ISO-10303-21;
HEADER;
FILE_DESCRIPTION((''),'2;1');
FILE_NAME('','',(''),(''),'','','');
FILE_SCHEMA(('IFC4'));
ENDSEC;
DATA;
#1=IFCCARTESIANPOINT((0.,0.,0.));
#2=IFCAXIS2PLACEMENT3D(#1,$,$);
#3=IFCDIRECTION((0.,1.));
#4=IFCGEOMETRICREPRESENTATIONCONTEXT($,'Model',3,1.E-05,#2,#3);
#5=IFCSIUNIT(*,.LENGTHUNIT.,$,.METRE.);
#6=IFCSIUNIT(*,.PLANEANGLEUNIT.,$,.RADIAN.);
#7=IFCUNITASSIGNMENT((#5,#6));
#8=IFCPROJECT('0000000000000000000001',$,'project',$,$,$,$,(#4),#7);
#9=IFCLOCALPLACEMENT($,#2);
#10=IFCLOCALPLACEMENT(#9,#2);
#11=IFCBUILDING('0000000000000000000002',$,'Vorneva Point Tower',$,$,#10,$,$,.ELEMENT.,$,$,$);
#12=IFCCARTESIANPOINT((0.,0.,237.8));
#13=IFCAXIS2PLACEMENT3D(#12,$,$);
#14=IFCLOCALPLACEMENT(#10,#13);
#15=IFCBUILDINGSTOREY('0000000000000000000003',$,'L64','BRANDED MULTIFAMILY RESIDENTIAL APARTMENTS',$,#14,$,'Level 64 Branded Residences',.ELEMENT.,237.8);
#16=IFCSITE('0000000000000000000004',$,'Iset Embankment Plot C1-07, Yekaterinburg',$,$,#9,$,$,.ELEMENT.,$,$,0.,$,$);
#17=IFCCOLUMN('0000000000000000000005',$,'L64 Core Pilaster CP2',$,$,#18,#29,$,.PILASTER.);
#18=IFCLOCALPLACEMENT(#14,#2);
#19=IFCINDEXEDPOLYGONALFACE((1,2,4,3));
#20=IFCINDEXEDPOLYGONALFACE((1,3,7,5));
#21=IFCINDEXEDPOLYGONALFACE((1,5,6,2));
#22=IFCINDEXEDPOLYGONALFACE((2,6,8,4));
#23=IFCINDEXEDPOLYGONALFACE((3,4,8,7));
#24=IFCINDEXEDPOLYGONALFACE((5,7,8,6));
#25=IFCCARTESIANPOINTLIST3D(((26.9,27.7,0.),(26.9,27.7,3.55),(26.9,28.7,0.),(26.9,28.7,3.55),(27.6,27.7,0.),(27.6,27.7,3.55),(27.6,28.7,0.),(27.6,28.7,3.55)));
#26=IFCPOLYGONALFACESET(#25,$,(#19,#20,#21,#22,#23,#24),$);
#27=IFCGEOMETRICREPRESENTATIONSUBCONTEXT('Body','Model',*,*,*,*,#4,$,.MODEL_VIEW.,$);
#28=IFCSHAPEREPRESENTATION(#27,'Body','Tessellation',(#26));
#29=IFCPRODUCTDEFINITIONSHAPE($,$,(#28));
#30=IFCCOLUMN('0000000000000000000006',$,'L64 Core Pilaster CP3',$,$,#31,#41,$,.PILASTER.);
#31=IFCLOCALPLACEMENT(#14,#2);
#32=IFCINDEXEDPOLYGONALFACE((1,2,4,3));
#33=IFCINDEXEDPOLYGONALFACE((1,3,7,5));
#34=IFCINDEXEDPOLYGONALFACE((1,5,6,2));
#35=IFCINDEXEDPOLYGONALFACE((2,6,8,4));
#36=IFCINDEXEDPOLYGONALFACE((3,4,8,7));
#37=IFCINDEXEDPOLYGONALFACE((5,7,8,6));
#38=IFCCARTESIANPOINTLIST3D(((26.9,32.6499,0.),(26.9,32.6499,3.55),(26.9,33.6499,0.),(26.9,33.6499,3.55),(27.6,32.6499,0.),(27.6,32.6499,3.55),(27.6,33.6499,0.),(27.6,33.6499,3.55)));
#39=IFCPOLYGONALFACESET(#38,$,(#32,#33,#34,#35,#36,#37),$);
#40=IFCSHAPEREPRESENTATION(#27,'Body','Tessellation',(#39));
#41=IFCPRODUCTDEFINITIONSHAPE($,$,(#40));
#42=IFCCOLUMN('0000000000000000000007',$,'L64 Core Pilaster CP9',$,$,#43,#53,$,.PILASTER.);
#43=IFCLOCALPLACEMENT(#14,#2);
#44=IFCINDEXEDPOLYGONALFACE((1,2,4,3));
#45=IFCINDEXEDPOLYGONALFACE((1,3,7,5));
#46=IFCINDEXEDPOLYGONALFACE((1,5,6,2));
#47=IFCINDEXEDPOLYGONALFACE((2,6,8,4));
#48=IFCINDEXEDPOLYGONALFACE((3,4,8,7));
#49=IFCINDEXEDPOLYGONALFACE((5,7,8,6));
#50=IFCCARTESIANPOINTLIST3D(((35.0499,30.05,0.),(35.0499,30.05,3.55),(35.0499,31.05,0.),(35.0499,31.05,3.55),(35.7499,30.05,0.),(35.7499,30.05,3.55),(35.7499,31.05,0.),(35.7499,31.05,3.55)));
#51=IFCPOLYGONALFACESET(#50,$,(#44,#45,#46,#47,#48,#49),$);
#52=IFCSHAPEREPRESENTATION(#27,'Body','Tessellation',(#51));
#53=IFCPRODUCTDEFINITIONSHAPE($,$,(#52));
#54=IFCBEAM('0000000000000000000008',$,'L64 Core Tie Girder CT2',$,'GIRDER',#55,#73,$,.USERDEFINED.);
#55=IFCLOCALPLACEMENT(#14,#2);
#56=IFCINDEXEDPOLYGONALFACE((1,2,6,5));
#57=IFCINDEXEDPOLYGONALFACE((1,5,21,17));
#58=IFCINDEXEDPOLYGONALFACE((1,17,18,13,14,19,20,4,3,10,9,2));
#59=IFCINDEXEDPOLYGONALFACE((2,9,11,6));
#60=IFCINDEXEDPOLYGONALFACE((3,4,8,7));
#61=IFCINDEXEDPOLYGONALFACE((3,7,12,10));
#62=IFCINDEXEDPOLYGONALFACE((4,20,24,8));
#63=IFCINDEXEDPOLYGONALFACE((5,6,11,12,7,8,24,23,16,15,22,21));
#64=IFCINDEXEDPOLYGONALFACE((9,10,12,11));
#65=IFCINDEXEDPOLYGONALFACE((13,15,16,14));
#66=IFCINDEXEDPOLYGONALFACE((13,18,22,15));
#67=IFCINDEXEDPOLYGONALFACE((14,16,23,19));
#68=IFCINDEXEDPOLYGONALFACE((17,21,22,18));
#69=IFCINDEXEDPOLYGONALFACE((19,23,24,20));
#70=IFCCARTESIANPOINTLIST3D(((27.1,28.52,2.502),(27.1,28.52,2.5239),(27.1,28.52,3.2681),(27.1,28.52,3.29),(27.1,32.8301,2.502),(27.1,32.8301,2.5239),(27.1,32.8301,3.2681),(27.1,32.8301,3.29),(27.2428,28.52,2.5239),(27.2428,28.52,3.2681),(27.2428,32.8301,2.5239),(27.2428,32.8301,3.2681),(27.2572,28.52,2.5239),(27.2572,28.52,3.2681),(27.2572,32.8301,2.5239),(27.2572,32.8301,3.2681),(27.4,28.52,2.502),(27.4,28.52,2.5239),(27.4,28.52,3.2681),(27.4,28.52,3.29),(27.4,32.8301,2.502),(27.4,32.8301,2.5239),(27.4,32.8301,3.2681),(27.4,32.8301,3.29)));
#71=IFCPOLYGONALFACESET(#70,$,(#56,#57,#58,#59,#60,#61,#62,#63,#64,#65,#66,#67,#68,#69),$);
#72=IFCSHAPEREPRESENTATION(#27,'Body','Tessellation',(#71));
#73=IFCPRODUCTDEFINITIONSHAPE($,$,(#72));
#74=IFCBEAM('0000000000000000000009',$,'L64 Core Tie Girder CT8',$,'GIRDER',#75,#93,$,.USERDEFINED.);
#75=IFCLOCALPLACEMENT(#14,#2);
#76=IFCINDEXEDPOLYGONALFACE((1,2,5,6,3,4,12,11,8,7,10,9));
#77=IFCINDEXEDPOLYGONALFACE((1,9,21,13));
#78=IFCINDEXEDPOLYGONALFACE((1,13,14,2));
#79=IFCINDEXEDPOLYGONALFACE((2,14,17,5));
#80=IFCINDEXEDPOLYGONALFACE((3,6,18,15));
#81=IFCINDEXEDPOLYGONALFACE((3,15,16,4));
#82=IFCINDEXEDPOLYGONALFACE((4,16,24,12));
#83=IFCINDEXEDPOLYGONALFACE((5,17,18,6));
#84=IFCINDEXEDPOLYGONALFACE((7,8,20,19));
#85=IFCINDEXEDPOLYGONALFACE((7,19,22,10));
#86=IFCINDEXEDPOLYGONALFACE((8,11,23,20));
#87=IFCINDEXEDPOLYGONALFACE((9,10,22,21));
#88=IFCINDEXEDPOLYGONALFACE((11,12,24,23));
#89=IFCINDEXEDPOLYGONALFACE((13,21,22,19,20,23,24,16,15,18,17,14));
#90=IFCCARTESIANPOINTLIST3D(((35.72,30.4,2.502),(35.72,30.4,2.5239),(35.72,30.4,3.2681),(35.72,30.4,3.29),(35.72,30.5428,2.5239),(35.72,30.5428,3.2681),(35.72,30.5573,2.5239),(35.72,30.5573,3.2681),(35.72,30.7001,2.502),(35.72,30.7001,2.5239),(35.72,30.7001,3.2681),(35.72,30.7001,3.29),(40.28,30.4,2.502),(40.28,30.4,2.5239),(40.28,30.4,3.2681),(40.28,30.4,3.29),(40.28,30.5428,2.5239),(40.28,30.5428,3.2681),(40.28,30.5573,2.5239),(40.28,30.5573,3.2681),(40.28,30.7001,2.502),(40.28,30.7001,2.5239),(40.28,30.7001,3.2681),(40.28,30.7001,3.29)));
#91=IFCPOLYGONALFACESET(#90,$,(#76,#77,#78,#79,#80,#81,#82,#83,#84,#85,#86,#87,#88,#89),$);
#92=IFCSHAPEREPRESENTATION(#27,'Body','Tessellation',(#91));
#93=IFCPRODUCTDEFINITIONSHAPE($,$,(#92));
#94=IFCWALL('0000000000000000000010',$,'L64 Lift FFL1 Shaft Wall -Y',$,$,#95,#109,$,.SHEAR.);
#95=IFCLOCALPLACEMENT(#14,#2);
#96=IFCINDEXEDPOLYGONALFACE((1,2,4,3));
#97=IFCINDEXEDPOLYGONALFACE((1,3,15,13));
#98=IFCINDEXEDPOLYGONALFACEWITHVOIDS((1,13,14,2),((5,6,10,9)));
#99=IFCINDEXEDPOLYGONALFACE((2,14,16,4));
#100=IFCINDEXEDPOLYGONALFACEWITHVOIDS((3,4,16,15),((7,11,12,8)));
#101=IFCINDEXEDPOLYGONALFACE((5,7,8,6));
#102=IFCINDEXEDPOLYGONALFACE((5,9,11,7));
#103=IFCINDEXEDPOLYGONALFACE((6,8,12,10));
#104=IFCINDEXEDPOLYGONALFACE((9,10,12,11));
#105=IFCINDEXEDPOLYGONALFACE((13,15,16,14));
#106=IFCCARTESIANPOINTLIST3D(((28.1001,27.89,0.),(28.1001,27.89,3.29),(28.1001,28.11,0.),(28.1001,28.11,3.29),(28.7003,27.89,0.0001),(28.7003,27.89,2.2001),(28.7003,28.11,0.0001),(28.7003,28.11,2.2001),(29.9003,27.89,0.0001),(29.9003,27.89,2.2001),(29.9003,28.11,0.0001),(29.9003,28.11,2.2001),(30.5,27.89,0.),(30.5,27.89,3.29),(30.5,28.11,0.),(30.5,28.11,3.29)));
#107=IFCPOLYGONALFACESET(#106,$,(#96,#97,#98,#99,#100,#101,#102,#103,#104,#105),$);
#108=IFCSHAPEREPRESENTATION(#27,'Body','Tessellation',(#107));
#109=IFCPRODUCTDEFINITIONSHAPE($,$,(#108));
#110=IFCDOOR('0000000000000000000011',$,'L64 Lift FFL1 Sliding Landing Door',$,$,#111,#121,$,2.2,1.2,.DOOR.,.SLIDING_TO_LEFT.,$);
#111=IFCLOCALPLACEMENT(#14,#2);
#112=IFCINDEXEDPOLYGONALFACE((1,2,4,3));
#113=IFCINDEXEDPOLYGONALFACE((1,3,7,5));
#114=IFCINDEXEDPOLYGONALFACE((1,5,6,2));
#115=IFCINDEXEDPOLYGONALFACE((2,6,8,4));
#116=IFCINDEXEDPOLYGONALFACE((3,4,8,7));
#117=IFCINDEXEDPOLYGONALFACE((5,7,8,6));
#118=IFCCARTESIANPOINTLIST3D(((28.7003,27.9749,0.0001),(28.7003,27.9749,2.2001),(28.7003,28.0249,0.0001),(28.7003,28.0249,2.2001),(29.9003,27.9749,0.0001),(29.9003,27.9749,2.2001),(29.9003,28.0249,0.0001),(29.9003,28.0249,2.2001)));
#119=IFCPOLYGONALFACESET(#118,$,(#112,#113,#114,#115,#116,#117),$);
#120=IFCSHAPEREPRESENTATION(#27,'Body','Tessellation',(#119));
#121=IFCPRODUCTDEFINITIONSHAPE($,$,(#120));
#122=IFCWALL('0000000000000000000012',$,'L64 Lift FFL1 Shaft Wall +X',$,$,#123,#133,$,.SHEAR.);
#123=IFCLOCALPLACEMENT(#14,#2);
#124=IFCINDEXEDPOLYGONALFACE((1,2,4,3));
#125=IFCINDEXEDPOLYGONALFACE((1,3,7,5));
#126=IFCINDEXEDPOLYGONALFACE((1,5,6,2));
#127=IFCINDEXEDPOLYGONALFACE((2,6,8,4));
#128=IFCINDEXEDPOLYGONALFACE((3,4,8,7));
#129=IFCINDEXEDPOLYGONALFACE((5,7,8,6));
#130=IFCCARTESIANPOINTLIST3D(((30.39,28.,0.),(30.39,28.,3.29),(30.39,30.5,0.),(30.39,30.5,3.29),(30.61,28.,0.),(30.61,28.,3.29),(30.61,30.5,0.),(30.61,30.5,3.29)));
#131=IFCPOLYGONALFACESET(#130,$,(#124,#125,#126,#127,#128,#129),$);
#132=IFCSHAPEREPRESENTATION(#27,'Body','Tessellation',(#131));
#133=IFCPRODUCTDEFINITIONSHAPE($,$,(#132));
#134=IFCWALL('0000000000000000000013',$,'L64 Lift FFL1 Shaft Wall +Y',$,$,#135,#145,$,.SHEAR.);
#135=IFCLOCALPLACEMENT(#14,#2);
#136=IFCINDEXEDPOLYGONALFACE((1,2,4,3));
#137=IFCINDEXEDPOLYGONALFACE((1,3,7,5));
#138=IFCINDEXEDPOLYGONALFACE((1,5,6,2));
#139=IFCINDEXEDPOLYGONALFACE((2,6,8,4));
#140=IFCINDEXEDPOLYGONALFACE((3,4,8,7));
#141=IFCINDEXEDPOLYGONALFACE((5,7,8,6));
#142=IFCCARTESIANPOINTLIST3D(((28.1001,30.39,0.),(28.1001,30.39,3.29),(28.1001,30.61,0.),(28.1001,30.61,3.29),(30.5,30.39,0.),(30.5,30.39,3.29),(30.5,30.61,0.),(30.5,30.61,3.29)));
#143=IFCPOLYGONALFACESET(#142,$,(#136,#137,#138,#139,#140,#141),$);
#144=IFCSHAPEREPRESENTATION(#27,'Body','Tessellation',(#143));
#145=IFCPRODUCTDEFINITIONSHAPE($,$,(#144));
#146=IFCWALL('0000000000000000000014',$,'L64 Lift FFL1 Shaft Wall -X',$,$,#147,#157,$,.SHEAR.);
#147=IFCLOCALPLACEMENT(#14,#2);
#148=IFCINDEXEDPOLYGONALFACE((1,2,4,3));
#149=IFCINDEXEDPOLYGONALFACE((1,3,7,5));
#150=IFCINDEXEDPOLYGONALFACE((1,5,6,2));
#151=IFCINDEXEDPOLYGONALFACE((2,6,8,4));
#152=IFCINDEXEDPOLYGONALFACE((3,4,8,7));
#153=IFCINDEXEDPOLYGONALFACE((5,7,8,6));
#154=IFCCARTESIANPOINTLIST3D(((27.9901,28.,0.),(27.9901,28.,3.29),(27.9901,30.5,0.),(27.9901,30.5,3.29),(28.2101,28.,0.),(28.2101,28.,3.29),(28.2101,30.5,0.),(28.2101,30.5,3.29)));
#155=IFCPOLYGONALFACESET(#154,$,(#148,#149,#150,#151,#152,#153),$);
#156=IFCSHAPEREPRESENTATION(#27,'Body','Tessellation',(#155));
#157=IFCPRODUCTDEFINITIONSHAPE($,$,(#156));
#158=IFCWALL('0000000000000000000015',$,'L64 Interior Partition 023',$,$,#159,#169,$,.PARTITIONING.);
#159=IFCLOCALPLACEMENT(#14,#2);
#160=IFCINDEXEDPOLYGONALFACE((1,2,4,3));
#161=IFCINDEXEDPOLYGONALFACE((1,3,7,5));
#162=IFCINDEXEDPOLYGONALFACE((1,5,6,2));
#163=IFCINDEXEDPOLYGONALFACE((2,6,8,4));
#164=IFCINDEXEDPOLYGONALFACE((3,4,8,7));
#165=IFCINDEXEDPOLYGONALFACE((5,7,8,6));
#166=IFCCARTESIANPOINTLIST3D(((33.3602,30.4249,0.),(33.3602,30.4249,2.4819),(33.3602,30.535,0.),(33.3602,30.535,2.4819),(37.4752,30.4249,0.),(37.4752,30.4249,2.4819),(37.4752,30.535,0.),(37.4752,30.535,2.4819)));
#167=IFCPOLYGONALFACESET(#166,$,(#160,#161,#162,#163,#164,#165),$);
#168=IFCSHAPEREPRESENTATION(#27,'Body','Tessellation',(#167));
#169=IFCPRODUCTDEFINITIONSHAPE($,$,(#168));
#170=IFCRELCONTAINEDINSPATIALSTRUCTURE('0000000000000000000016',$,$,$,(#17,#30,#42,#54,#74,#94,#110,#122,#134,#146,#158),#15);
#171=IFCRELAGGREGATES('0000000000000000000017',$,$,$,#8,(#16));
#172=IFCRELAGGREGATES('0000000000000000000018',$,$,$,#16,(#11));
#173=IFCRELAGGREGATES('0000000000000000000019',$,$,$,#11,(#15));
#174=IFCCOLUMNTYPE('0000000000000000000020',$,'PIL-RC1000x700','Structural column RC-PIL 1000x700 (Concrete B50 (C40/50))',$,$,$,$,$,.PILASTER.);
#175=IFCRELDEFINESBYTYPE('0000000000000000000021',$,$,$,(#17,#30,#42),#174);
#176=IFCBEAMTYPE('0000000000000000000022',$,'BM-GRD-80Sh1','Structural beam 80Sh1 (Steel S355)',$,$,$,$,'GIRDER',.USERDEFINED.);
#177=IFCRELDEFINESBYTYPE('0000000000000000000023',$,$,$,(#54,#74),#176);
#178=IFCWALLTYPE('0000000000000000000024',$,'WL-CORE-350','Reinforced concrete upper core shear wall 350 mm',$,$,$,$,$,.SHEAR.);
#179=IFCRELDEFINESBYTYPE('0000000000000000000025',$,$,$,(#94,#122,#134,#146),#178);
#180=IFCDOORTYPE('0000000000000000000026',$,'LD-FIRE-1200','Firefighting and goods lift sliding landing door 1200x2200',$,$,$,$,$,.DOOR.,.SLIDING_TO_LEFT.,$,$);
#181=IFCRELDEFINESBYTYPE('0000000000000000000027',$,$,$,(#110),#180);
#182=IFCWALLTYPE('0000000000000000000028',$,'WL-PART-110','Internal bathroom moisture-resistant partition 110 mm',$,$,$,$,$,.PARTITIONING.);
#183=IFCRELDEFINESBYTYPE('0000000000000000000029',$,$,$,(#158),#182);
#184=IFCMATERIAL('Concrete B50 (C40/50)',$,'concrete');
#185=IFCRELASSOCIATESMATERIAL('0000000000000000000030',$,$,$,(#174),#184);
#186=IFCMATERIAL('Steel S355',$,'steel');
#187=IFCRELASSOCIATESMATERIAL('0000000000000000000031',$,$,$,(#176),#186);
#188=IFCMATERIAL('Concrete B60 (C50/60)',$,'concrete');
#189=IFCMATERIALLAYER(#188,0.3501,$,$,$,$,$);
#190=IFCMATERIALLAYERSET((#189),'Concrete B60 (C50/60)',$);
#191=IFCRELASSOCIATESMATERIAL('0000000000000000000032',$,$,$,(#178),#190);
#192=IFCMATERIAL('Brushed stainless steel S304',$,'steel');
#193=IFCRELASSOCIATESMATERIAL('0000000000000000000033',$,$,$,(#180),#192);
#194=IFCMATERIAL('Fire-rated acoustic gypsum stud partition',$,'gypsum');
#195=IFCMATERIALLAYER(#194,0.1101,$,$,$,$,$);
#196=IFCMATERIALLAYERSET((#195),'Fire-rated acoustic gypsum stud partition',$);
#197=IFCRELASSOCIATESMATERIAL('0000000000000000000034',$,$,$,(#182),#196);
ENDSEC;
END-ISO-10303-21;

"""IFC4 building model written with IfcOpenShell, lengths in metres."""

from ifc_helpers import new_model, si_unit, direction, frame, frame_2d, origin, origin_2d, place, context, subcontext, project, spatial, rectangle, i_section, extrude, material, layer, layer_set, material_profile, profile_set, type_object, element, fill, save


model = new_model("IFC4")

# Units and contexts
model_context = context("Model", 3, precision=1e-05, world=origin(), true_north=direction((0.0, 1.0)))
body_context = subcontext(model_context, "Body", "Model", "MODEL_VIEW")
ifc_project = project(units=[si_unit("LENGTHUNIT", "METRE"), si_unit("PLANEANGLEUNIT", "RADIAN")], contexts=[model_context])

# Site, building, storey
site_placement = place(None, origin())
site = spatial("IfcSite", under=ifc_project, at=site_placement, Name="Iset Embankment Plot C1-07, Yekaterinburg", CompositionType="ELEMENT", RefElevation=0.0)
building_placement = place(site_placement, origin())
building = spatial("IfcBuilding", under=site, at=building_placement, Name="Vorneva Point Tower", CompositionType="ELEMENT")
storey_placement = place(building_placement, frame((0.0, 0.0, 237.8)))
storey = spatial("IfcBuildingStorey", under=building, at=storey_placement, Name="L64", Description="BRANDED MULTIFAMILY RESIDENTIAL APARTMENTS", LongName="Level 64 Branded Residences", CompositionType="ELEMENT", Elevation=237.8)

# Columns
ifc_material_1 = material(Name="Concrete B50 (C40/50)", Category="concrete")
ifc_material_profile_1 = material_profile(ifc_material_1, rectangle(XDim=0.7, YDim=1.0, at=origin_2d()), Name="RC-PIL 1000x700")
ifc_profile_set_1 = profile_set([ifc_material_profile_1], Name="Concrete B50 (C40/50)")
column_type = type_object("IfcColumnType", Name="PIL-RC1000x700", Description="Structural column RC-PIL 1000x700 (Concrete B50 (C40/50))", PredefinedType="PILASTER", material=ifc_profile_set_1)
for number, where, z_axis, x_axis, name in (
    (1, (27.25, 28.2, 0.0), (0.0, 0.0, 1.0), (1.0, 0.0, 0.0), "L64 Core Pilaster CP2"),
    (2, (27.25, 33.1499, 0.0), (0.0, 0.0, 1.0), (1.0, 0.0, 0.0), "L64 Core Pilaster CP3"),
    (3, (35.3999, 30.55, 0.0), (0.0, 0.0, 1.0), (1.0, 0.0, 0.0), "L64 Core Pilaster CP9"),
):
    element("IfcColumn", number, at=place(storey_placement, frame(where, z_axis=z_axis, x_axis=x_axis)), inside=storey, type_object=column_type, Name=name, PredefinedType="PILASTER", context=body_context, shape_type="SweptSolid", body=[
        extrude(rectangle(XDim=0.7, YDim=1.0, at=origin_2d()), origin(), (0.0, 0.0, 1.0), 3.55),
    ])

# Beams
ifc_material_2 = material(Name="Steel S355", Category="steel")
ifc_material_profile_2 = material_profile(ifc_material_2, i_section(OverallWidth=0.3, OverallDepth=0.7881, WebThickness=0.0144, FlangeThickness=0.022, at=origin_2d()), Name="80Sh1")
ifc_profile_set_2 = profile_set([ifc_material_profile_2], Name="Steel S355")
beam_type = type_object("IfcBeamType", Name="BM-GRD-80Sh1", Description="Structural beam 80Sh1 (Steel S355)", ElementType="GIRDER", PredefinedType="USERDEFINED", material=ifc_profile_set_2)
beam_1_placement = place(storey_placement, frame((27.25, 28.52, 2.896), z_axis=(0.0, 1.0, 0.0), x_axis=(-1.0, 0.0, 0.0)))
element("IfcBeam", 4, at=beam_1_placement, inside=storey, type_object=beam_type, Name="L64 Core Tie Girder CT2", ObjectType="GIRDER", PredefinedType="USERDEFINED", context=body_context, shape_type="SweptSolid", body=[
    extrude(i_section(OverallWidth=0.3, OverallDepth=0.7881, WebThickness=0.0144, FlangeThickness=0.022, at=origin_2d()), origin(), (0.0, 0.0, 1.0), 4.3101),
])
beam_2_placement = place(storey_placement, frame((35.72, 30.55, 2.896), z_axis=(1.0, 0.0, 0.0), x_axis=(0.0, 1.0, 0.0)))
element("IfcBeam", 5, at=beam_2_placement, inside=storey, type_object=beam_type, Name="L64 Core Tie Girder CT8", ObjectType="GIRDER", PredefinedType="USERDEFINED", context=body_context, shape_type="SweptSolid", body=[
    extrude(i_section(OverallWidth=0.3, OverallDepth=0.7881, WebThickness=0.0144, FlangeThickness=0.022, at=origin_2d()), origin(), (0.0, 0.0, 1.0), 4.5601),
])

# Wall, opening, door
ifc_material_3 = material(Name="Concrete B60 (C50/60)", Category="concrete")
ifc_layer_1 = layer(ifc_material_3, 0.3501)
ifc_layer_set_1 = layer_set([ifc_layer_1], Name="Concrete B60 (C50/60)")
wall_type_1 = type_object("IfcWallType", Name="WL-CORE-350", Description="Reinforced concrete upper core shear wall 350 mm", PredefinedType="SHEAR", material=ifc_layer_set_1)
wall_1_placement = place(storey_placement, frame((28.1001, 28.0, 0.0), z_axis=(0.0, 0.0, 1.0), x_axis=(1.0, 0.0, 0.0)))
wall_1 = element("IfcWall", 6, at=wall_1_placement, inside=storey, type_object=wall_type_1, Name="L64 Lift FFL1 Shaft Wall -Y", PredefinedType="SHEAR", context=body_context, shape_type="SweptSolid", body=[
    extrude(rectangle(XDim=2.3999, YDim=0.22, at=frame_2d((1.2, 0.0))), origin(), (0.0, 0.0, 1.0), 3.29),
])
opening_1_placement = place(wall_1_placement, frame((0.6001, 0.0, 0.0)))
opening_1 = element("IfcOpeningElement", 7, at=opening_1_placement, cuts=wall_1, PredefinedType="OPENING", context=body_context, shape_type="SweptSolid", body=[
    extrude(rectangle(XDim=1.2, YDim=2.2, at=frame_2d((0.6001, 1.1001))), frame((0.0, 0.125, 0.0), z_axis=(0.0, -1.0, 0.0), x_axis=(1.0, 0.0, 0.0)), (0.0, 0.0, 1.0), 0.2498),
])
ifc_material_4 = material(Name="Brushed stainless steel S304", Category="steel")
door_type_1 = type_object("IfcDoorType", Name="LD-FIRE-1200", Description="Firefighting and goods lift sliding landing door 1200x2200", OperationType="SLIDING_TO_LEFT", PredefinedType="DOOR", material=ifc_material_4)
door_1_placement = place(opening_1_placement, origin())
door_1 = element("IfcDoor", 8, at=door_1_placement, inside=storey, type_object=door_type_1, Name="L64 Lift FFL1 Sliding Landing Door", OperationType="SLIDING_TO_LEFT", OverallHeight=2.2, OverallWidth=1.2, PredefinedType="DOOR", context=body_context, shape_type="SweptSolid", body=[
    extrude(rectangle(XDim=1.2, YDim=2.2, at=frame_2d((0.6001, 1.1001))), frame((0.0, 0.0249, 0.0), z_axis=(0.0, -1.0, 0.0), x_axis=(1.0, 0.0, 0.0)), (0.0, 0.0, 1.0), 0.05),
])
fill(opening_1, door_1)

# Walls
wall_2_placement = place(storey_placement, frame((30.5, 28.0, 0.0), z_axis=(0.0, 0.0, 1.0), x_axis=(0.0, 1.0, 0.0)))
element("IfcWall", 9, at=wall_2_placement, inside=storey, type_object=wall_type_1, Name="L64 Lift FFL1 Shaft Wall +X", PredefinedType="SHEAR", context=body_context, shape_type="SweptSolid", body=[
    extrude(rectangle(XDim=2.5, YDim=0.22, at=frame_2d((1.25, 0.0))), origin(), (0.0, 0.0, 1.0), 3.29),
])
wall_3_placement = place(storey_placement, frame((30.5, 30.5, 0.0), z_axis=(0.0, 0.0, 1.0), x_axis=(-1.0, 0.0, 0.0)))
element("IfcWall", 10, at=wall_3_placement, inside=storey, type_object=wall_type_1, Name="L64 Lift FFL1 Shaft Wall +Y", PredefinedType="SHEAR", context=body_context, shape_type="SweptSolid", body=[
    extrude(rectangle(XDim=2.3999, YDim=0.22, at=frame_2d((1.2, 0.0))), origin(), (0.0, 0.0, 1.0), 3.29),
])
wall_4_placement = place(storey_placement, frame((28.1001, 30.5, 0.0), z_axis=(0.0, 0.0, 1.0), x_axis=(0.0, -1.0, 0.0)))
element("IfcWall", 11, at=wall_4_placement, inside=storey, type_object=wall_type_1, Name="L64 Lift FFL1 Shaft Wall -X", PredefinedType="SHEAR", context=body_context, shape_type="SweptSolid", body=[
    extrude(rectangle(XDim=2.5, YDim=0.22, at=frame_2d((1.25, 0.0))), origin(), (0.0, 0.0, 1.0), 3.29),
])
ifc_material_5 = material(Name="Fire-rated acoustic gypsum stud partition", Category="gypsum")
ifc_layer_2 = layer(ifc_material_5, 0.1101)
ifc_layer_set_2 = layer_set([ifc_layer_2], Name="Fire-rated acoustic gypsum stud partition")
wall_type_2 = type_object("IfcWallType", Name="WL-PART-110", Description="Internal bathroom moisture-resistant partition 110 mm", PredefinedType="PARTITIONING", material=ifc_layer_set_2)
wall_5_placement = place(storey_placement, frame((33.3601, 30.48, 0.0), z_axis=(0.0, 0.0, 1.0), x_axis=(1.0, 0.0, 0.0)))
element("IfcWall", 12, at=wall_5_placement, inside=storey, type_object=wall_type_2, Name="L64 Interior Partition 023", PredefinedType="PARTITIONING", context=body_context, shape_type="SweptSolid", body=[
    extrude(rectangle(XDim=4.115, YDim=0.1101, at=frame_2d((2.0576, 0.0))), origin(), (0.0, 0.0, 1.0), 2.4819),
])

save(model, "model.ifc")
